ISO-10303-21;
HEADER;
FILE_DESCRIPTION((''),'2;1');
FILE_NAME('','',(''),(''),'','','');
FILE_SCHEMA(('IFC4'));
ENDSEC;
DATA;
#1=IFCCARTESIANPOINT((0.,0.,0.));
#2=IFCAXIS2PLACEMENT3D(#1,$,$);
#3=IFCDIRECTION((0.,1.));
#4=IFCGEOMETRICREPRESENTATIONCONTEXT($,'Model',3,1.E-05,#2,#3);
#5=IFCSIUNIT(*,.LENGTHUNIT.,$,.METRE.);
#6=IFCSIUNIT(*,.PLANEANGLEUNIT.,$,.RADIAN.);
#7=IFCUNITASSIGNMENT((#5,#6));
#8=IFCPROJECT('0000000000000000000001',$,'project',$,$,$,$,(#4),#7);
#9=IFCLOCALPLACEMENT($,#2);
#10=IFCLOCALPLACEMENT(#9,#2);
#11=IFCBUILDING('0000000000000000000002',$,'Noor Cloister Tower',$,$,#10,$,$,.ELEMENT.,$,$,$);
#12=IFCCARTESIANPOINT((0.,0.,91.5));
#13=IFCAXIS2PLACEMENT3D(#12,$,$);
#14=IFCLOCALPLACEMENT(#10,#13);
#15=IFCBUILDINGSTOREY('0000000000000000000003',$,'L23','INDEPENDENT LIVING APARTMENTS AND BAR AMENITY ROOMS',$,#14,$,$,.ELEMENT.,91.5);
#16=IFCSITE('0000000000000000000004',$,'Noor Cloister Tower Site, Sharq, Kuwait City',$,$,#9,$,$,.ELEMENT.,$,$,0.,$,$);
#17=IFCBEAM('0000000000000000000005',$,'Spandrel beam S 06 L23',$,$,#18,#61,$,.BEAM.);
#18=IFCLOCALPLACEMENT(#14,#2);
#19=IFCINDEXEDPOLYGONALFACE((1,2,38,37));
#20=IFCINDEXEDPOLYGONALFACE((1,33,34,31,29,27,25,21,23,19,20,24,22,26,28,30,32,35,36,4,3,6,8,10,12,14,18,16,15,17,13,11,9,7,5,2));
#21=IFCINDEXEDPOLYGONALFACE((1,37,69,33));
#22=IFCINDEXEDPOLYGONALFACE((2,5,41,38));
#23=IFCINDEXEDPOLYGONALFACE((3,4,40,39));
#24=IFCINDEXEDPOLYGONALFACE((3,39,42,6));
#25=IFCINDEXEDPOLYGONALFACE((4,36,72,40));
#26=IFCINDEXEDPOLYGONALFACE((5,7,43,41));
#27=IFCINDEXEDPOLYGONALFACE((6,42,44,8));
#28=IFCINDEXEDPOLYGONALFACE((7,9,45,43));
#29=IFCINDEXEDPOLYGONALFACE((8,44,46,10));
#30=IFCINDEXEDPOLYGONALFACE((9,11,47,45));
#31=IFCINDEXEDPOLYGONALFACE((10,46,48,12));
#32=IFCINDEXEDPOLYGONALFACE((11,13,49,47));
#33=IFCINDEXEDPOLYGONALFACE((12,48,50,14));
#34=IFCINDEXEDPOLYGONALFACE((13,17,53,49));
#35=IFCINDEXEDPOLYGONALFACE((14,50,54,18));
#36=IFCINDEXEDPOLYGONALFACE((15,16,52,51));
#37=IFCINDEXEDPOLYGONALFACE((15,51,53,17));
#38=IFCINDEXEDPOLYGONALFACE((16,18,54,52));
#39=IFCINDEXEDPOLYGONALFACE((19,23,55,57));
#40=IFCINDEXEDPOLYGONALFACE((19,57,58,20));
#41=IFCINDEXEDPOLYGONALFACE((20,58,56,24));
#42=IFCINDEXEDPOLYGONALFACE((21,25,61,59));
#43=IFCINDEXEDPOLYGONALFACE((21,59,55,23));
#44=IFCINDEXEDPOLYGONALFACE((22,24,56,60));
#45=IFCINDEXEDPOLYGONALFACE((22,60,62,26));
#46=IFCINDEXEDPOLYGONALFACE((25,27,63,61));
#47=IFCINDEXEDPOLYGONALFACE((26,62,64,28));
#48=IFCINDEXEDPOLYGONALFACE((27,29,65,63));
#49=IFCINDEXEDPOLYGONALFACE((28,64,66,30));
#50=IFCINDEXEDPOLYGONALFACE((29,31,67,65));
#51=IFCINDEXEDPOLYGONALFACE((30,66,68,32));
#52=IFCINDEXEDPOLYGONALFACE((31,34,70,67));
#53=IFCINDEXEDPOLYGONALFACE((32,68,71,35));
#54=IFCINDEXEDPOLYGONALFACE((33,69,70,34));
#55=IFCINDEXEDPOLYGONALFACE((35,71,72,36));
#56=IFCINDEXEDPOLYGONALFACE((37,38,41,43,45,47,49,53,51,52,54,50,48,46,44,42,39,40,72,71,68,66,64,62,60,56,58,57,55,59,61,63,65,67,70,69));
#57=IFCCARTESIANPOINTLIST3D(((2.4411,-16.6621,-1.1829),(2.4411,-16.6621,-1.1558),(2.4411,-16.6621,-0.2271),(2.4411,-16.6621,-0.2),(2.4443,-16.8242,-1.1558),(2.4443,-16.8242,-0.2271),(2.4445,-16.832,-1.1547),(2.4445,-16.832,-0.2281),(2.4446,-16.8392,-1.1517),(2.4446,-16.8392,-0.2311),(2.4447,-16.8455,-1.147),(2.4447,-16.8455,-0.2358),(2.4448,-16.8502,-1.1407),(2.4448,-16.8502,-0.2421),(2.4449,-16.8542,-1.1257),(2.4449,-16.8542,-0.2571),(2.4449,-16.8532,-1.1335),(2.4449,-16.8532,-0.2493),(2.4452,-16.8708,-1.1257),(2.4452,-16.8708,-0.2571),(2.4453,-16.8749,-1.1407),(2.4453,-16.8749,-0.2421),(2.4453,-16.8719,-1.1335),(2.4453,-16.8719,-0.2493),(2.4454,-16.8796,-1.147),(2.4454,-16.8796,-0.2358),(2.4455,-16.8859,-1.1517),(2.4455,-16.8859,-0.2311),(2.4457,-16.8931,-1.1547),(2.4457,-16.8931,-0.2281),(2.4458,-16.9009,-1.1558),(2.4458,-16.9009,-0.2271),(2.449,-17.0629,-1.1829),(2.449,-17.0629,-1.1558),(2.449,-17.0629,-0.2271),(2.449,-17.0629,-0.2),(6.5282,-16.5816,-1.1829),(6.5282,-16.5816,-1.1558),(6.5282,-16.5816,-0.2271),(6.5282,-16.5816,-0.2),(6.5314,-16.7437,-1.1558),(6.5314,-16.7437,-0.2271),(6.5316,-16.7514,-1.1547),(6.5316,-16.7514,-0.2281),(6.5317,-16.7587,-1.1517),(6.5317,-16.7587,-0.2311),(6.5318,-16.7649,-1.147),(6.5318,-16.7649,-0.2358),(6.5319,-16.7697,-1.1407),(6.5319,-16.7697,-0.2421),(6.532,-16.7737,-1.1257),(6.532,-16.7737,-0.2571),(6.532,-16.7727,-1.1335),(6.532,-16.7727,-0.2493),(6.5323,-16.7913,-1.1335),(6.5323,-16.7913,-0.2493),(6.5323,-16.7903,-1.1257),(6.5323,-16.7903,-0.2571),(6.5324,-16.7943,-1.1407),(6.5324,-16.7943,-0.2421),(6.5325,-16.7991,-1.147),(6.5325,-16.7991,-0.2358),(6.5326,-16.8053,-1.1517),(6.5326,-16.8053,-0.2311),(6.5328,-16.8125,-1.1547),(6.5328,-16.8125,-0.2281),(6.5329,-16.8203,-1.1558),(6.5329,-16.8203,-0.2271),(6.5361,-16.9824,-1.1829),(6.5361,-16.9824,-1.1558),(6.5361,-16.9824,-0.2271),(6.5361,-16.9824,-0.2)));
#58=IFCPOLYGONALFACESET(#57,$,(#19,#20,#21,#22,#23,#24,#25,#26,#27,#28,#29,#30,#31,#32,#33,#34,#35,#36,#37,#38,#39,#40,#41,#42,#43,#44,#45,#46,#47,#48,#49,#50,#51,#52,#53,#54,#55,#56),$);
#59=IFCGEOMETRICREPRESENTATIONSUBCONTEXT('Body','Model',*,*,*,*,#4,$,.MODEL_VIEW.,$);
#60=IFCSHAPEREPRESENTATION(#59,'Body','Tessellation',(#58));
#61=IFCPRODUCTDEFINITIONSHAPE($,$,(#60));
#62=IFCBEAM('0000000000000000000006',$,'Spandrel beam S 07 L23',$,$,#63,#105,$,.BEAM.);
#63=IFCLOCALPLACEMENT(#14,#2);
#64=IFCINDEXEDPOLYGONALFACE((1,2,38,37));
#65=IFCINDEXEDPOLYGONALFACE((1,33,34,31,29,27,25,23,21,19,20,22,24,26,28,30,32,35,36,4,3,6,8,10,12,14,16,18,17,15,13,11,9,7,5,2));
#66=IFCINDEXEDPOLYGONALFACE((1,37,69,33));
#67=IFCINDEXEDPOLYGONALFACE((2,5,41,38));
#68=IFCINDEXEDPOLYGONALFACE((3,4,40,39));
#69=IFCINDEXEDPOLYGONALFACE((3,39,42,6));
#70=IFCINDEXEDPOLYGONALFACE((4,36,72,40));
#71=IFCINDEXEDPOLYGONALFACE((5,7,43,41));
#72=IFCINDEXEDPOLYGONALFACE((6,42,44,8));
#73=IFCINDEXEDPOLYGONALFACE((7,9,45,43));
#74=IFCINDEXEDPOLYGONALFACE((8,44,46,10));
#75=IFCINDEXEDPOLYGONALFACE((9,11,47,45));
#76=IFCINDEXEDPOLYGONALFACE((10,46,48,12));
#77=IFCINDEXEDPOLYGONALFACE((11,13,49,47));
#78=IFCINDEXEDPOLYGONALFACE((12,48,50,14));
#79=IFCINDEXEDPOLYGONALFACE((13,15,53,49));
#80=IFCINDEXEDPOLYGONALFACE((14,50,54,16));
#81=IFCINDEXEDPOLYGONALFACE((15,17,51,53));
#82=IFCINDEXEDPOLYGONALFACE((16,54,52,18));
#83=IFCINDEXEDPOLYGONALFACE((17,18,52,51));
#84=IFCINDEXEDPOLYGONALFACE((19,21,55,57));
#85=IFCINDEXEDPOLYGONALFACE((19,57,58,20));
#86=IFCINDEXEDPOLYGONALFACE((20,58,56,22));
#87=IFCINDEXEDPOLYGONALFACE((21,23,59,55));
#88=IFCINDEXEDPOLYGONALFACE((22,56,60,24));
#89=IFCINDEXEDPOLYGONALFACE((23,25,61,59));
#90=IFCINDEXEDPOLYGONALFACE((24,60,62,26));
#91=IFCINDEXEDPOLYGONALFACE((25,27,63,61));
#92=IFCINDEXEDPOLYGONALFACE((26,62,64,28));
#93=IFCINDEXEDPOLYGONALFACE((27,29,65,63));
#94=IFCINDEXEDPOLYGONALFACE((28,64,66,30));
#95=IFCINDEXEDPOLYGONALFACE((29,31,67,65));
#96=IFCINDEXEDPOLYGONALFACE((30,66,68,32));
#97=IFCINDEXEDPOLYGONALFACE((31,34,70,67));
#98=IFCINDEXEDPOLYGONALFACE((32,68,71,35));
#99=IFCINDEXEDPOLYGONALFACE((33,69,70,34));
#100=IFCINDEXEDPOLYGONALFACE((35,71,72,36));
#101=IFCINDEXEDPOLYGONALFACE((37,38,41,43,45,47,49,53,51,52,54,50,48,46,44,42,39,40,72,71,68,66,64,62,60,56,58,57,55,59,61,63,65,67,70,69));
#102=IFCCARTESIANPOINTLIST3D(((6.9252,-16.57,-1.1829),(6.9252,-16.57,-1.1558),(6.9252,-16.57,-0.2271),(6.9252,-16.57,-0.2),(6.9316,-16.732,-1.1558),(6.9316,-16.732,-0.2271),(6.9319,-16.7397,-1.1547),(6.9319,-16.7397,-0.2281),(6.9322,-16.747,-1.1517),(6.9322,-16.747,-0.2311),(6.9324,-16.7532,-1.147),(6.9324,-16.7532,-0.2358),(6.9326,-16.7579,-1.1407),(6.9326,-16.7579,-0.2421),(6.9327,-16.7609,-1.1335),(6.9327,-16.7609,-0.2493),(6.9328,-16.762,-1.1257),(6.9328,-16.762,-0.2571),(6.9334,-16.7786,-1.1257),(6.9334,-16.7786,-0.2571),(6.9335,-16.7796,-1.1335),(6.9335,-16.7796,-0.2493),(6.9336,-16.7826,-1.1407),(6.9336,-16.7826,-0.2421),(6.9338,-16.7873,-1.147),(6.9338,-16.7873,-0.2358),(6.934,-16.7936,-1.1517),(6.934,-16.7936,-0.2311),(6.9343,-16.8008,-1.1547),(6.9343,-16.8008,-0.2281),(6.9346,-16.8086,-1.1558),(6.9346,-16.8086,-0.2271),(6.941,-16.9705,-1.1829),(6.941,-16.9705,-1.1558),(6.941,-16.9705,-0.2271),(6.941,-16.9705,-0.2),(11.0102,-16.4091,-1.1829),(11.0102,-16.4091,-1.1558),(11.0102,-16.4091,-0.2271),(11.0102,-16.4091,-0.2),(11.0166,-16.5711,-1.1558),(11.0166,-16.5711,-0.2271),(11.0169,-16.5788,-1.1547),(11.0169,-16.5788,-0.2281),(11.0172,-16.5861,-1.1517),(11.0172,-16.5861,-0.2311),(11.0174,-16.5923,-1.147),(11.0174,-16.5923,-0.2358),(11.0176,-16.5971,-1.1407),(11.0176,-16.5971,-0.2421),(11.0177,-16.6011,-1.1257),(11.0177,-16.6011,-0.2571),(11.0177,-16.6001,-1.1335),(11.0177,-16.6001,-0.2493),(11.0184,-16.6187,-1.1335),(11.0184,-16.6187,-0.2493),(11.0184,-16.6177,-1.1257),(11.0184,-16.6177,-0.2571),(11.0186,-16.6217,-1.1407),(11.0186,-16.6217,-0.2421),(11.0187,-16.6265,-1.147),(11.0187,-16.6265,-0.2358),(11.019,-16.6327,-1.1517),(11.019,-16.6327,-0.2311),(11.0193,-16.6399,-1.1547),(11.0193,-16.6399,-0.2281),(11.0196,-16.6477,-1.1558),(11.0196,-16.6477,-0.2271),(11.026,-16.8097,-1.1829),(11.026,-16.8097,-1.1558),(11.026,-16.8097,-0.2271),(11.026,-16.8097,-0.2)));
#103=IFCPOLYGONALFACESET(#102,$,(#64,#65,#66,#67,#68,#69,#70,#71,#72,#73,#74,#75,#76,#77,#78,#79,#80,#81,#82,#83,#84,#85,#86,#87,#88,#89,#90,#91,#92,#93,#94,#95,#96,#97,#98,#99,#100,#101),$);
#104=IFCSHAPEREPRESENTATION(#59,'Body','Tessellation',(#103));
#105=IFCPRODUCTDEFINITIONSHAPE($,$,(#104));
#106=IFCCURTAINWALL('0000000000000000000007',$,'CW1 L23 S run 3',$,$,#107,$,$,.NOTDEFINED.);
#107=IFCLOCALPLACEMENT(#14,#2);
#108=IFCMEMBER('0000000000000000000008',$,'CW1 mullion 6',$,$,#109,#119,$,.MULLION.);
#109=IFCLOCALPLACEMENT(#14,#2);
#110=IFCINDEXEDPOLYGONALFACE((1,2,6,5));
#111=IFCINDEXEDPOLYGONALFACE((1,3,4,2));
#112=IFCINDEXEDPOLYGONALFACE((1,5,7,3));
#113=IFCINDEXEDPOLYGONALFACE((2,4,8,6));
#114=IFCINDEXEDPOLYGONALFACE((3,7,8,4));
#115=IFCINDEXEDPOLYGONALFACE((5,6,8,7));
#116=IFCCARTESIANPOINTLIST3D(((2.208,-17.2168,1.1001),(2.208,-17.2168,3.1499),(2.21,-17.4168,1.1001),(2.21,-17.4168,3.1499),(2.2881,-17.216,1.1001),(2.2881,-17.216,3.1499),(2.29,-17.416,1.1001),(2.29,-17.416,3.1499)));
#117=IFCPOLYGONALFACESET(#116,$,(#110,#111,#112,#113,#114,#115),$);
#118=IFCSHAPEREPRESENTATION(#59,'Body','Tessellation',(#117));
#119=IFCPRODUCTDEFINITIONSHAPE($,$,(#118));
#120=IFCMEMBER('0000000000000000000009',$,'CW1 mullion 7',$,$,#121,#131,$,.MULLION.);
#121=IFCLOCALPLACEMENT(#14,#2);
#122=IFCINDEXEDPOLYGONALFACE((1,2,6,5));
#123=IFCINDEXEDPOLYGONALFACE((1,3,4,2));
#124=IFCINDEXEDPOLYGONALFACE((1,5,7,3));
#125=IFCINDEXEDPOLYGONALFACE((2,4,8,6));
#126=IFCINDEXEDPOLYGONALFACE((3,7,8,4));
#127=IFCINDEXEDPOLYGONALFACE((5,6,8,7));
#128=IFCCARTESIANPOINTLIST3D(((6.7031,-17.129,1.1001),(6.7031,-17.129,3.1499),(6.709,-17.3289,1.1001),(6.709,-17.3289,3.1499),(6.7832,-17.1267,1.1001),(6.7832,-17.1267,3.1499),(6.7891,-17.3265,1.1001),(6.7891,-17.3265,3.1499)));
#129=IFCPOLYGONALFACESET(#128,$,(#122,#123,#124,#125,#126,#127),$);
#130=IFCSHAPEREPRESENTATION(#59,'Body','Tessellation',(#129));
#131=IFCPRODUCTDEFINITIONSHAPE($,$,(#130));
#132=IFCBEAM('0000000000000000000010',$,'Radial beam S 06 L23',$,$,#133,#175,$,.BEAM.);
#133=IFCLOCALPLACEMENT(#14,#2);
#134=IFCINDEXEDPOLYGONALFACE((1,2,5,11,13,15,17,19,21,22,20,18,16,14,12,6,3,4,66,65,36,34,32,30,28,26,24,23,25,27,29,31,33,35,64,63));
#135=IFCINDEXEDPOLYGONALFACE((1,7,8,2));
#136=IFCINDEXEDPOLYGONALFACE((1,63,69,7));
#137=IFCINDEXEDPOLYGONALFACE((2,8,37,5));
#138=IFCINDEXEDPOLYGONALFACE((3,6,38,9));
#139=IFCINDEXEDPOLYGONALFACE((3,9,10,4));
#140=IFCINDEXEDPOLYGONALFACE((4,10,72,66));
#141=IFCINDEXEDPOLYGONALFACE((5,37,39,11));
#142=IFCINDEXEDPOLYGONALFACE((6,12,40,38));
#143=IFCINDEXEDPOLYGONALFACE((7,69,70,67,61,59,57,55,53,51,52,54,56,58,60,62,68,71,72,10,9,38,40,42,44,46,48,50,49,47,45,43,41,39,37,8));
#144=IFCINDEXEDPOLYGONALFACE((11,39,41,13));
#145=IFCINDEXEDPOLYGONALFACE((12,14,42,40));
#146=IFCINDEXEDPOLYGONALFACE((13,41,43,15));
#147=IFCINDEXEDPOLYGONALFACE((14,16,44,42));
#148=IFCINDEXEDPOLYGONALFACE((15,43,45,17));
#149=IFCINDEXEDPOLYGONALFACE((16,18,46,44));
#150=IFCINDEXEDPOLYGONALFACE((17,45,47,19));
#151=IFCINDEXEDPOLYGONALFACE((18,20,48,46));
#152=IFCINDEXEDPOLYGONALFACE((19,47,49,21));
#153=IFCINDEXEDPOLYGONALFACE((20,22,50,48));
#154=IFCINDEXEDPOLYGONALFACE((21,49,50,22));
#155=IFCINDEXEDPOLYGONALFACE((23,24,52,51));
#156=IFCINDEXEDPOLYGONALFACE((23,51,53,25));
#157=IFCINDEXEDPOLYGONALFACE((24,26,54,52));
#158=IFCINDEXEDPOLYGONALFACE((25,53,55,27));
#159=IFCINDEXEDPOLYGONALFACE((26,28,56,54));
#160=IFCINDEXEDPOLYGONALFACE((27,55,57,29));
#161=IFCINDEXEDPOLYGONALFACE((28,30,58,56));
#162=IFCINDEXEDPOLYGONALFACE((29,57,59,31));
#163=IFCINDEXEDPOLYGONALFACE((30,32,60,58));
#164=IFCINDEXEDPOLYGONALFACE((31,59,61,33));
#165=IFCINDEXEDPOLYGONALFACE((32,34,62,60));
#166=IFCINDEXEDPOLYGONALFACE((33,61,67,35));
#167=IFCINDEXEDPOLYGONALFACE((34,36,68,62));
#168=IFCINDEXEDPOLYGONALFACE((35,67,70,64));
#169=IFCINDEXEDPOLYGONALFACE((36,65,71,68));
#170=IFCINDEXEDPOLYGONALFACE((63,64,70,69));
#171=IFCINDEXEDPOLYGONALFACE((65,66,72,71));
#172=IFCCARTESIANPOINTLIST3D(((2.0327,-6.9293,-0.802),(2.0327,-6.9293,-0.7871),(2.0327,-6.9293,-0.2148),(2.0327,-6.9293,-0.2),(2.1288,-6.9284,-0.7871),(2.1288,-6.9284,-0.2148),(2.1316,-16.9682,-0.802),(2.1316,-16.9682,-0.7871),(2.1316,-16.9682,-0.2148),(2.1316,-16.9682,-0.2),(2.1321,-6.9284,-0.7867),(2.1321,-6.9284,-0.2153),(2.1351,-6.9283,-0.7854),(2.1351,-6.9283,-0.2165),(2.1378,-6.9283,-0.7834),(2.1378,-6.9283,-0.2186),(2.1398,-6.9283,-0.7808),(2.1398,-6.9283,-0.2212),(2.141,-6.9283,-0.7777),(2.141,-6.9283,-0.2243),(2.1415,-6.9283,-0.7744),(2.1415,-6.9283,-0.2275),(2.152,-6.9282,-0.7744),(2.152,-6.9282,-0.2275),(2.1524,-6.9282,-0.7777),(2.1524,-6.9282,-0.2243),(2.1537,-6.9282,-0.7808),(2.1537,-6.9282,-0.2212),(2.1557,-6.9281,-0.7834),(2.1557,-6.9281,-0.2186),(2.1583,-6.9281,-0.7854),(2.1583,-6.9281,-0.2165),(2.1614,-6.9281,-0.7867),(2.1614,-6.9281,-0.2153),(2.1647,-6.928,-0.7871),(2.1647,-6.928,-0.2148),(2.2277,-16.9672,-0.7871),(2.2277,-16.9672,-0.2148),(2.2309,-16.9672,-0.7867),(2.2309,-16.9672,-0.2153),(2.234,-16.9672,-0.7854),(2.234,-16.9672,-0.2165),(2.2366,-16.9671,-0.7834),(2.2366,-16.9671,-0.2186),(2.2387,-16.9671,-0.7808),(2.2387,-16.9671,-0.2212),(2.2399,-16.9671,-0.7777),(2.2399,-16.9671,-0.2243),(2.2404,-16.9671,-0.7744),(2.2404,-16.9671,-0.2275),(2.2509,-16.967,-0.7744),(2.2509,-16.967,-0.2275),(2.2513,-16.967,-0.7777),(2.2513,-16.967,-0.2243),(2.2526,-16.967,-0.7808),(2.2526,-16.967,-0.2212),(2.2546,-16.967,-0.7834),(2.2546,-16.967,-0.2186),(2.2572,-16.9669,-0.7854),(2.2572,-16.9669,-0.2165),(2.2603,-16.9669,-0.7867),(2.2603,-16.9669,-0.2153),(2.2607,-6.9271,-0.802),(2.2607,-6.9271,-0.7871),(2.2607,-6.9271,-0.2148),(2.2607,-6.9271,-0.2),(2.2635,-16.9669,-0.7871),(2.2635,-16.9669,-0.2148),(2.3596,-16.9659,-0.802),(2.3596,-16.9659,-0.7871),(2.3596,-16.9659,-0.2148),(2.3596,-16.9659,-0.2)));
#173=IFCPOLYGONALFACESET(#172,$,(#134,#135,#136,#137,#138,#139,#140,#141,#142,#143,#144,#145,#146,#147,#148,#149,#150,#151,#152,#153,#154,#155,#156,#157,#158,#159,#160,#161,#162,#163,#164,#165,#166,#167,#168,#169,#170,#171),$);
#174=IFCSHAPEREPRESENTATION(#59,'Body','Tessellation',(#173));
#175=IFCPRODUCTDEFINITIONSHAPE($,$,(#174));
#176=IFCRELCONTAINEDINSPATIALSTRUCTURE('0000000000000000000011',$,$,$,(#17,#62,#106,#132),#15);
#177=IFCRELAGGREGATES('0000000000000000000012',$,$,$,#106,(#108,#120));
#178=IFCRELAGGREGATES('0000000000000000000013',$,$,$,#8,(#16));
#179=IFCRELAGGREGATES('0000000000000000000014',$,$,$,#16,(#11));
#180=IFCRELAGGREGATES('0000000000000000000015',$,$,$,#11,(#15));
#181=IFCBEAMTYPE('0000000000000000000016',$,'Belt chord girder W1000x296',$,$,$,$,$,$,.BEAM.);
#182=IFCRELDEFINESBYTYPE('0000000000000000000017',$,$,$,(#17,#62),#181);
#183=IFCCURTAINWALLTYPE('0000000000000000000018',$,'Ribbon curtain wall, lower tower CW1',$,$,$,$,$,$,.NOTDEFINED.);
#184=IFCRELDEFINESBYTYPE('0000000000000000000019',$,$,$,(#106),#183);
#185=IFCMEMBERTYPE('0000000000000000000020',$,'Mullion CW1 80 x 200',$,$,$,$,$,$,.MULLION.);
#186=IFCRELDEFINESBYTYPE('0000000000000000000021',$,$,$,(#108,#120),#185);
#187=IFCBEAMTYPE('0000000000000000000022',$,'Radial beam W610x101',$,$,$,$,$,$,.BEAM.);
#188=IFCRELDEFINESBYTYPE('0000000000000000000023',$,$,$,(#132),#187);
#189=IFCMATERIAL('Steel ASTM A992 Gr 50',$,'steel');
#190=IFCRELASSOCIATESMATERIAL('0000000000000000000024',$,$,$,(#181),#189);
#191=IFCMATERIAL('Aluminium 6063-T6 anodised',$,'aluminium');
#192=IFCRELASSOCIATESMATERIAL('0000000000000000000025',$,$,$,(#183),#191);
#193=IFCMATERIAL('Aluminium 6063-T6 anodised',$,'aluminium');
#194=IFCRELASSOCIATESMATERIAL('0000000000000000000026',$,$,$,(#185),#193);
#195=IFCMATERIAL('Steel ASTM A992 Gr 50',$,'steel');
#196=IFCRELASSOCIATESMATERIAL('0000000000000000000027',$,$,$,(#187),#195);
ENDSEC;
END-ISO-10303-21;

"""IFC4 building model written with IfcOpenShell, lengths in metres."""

from ifc_helpers import new_model, si_unit, direction, frame, origin, origin_2d, place, context, subcontext, project, spatial, rectangle, i_section, extrude, material, material_profile, profile_set, type_object, element, aggregate, save


model = new_model("IFC4")

# Units and contexts
model_context = context("Model", 3, precision=1e-05, world=origin(), true_north=direction((0.0, 1.0)))
body_context = subcontext(model_context, "Body", "Model", "MODEL_VIEW")
ifc_project = project(units=[si_unit("LENGTHUNIT", "METRE"), si_unit("PLANEANGLEUNIT", "RADIAN")], contexts=[model_context])

# Site, building, storey
site_placement = place(None, origin())
site = spatial("IfcSite", under=ifc_project, at=site_placement, Name="Noor Cloister Tower Site, Sharq, Kuwait City", CompositionType="ELEMENT", RefElevation=0.0)
building_placement = place(site_placement, origin())
building = spatial("IfcBuilding", under=site, at=building_placement, Name="Noor Cloister Tower", CompositionType="ELEMENT")
storey_placement = place(building_placement, frame((0.0, 0.0, 91.5)))
storey = spatial("IfcBuildingStorey", under=building, at=storey_placement, Name="L23", Description="INDEPENDENT LIVING APARTMENTS AND BAR AMENITY ROOMS", CompositionType="ELEMENT", Elevation=91.5)

# Beams
ifc_material_1 = material(Name="Steel ASTM A992 Gr 50", Category="steel")
ifc_material_profile_1 = material_profile(ifc_material_1, i_section(OverallWidth=0.4009, OverallDepth=0.9829, WebThickness=0.0166, FlangeThickness=0.0271, FilletRadius=0.03, at=origin_2d()), Name="W1000x296")
ifc_profile_set_1 = profile_set([ifc_material_profile_1], Name="Steel ASTM A992 Gr 50")
beam_type_1 = type_object("IfcBeamType", Name="Belt chord girder W1000x296", PredefinedType="BEAM", material=ifc_profile_set_1)
for number, where, z_axis, x_axis, name in (
    (1, (2.4451, -16.8625, -0.6914), (0.999806, 0.019708, 0.0), (-0.019708, 0.999806, 0.0), "Spandrel beam S 06 L23"),
):
    element("IfcBeam", number, at=place(storey_placement, frame(where, z_axis=z_axis, x_axis=x_axis)), inside=storey, type_object=beam_type_1, Name=name, PredefinedType="BEAM", context=body_context, shape_type="SweptSolid", body=[
        extrude(i_section(OverallWidth=0.4009, OverallDepth=0.9829, WebThickness=0.0166, FlangeThickness=0.0271, FilletRadius=0.03, at=origin_2d()), origin(), (0.0, 0.0, 1.0), 4.0879),
    ])
beam_1_placement = place(storey_placement, frame((6.9331, -16.7703, -0.6914), z_axis=(0.999225, 0.039355, 0.0), x_axis=(-0.039355, 0.999225, 0.0)))
element("IfcBeam", 2, at=beam_1_placement, inside=storey, type_object=beam_type_1, Name="Spandrel beam S 07 L23", PredefinedType="BEAM", context=body_context, shape_type="SweptSolid", body=[
    extrude(i_section(OverallWidth=0.4009, OverallDepth=0.9829, WebThickness=0.0166, FlangeThickness=0.0271, FilletRadius=0.03, at=origin_2d()), origin(), (0.0, 0.0, 1.0), 4.0881),
])

# Curtain wall, members
ifc_material_2 = material(Name="Aluminium 6063-T6 anodised", Category="aluminium")
curtain_wall_type = type_object("IfcCurtainWallType", Name="Ribbon curtain wall, lower tower CW1", PredefinedType="NOTDEFINED", material=ifc_material_2)
curtain_wall_placement = place(storey_placement, origin())
curtain_wall = element("IfcCurtainWall", 3, at=curtain_wall_placement, inside=storey, type_object=curtain_wall_type, Name="CW1 L23 S run 3", PredefinedType="NOTDEFINED")
ifc_material_3 = material(Name="Aluminium 6063-T6 anodised", Category="aluminium")
ifc_material_profile_2 = material_profile(ifc_material_3, rectangle(XDim=0.2, YDim=0.0801, at=origin_2d()), Name="200 x 80 mullion")
ifc_profile_set_2 = profile_set([ifc_material_profile_2], Name="Aluminium 6063-T6 anodised")
member_type = type_object("IfcMemberType", Name="Mullion CW1 80 x 200", PredefinedType="MULLION", material=ifc_profile_set_2)
member_1_placement = place(storey_placement, frame((2.249, -17.3164, 1.1001), z_axis=(0.0, 0.0, 1.0), x_axis=(-0.009841, 0.999952, 0.0)))
member_1 = element("IfcMember", 4, at=member_1_placement, type_object=member_type, Name="CW1 mullion 6", PredefinedType="MULLION", context=body_context, shape_type="SweptSolid", body=[
    extrude(rectangle(XDim=0.2, YDim=0.0801, at=origin_2d()), origin(), (0.0, 0.0, 1.0), 2.0498),
])
member_2_placement = place(storey_placement, frame((6.7461, -17.2278, 1.1001), z_axis=(0.0, 0.0, 1.0), x_axis=(-0.029521, 0.999564, 0.0)))
member_2 = element("IfcMember", 5, at=member_2_placement, type_object=member_type, Name="CW1 mullion 7", PredefinedType="MULLION", context=body_context, shape_type="SweptSolid", body=[
    extrude(rectangle(XDim=0.2, YDim=0.0801, at=origin_2d()), origin(), (0.0, 0.0, 1.0), 2.0498),
])

# Beam
ifc_material_4 = material(Name="Steel ASTM A992 Gr 50", Category="steel")
ifc_material_profile_3 = material_profile(ifc_material_4, i_section(OverallWidth=0.228, OverallDepth=0.6021, WebThickness=0.0105, FlangeThickness=0.0149, FilletRadius=0.0127, at=origin_2d()), Name="W610x101")
ifc_profile_set_3 = profile_set([ifc_material_profile_3], Name="Steel ASTM A992 Gr 50")
beam_type_2 = type_object("IfcBeamType", Name="Radial beam W610x101", PredefinedType="BEAM", material=ifc_profile_set_3)
beam_2_placement = place(storey_placement, frame((2.2456, -16.967, -0.501), z_axis=(-0.009849, 0.999951, 0.0), x_axis=(-0.999951, -0.009849, 0.0)))
element("IfcBeam", 6, at=beam_2_placement, inside=storey, type_object=beam_type_2, Name="Radial beam S 06 L23", PredefinedType="BEAM", context=body_context, shape_type="SweptSolid", body=[
    extrude(i_section(OverallWidth=0.228, OverallDepth=0.6021, WebThickness=0.0105, FlangeThickness=0.0149, FilletRadius=0.0127, at=origin_2d()), origin(), (0.0, 0.0, 1.0), 10.0393),
])

aggregate(curtain_wall, [member_1, member_2])

save(model, "model.ifc")
